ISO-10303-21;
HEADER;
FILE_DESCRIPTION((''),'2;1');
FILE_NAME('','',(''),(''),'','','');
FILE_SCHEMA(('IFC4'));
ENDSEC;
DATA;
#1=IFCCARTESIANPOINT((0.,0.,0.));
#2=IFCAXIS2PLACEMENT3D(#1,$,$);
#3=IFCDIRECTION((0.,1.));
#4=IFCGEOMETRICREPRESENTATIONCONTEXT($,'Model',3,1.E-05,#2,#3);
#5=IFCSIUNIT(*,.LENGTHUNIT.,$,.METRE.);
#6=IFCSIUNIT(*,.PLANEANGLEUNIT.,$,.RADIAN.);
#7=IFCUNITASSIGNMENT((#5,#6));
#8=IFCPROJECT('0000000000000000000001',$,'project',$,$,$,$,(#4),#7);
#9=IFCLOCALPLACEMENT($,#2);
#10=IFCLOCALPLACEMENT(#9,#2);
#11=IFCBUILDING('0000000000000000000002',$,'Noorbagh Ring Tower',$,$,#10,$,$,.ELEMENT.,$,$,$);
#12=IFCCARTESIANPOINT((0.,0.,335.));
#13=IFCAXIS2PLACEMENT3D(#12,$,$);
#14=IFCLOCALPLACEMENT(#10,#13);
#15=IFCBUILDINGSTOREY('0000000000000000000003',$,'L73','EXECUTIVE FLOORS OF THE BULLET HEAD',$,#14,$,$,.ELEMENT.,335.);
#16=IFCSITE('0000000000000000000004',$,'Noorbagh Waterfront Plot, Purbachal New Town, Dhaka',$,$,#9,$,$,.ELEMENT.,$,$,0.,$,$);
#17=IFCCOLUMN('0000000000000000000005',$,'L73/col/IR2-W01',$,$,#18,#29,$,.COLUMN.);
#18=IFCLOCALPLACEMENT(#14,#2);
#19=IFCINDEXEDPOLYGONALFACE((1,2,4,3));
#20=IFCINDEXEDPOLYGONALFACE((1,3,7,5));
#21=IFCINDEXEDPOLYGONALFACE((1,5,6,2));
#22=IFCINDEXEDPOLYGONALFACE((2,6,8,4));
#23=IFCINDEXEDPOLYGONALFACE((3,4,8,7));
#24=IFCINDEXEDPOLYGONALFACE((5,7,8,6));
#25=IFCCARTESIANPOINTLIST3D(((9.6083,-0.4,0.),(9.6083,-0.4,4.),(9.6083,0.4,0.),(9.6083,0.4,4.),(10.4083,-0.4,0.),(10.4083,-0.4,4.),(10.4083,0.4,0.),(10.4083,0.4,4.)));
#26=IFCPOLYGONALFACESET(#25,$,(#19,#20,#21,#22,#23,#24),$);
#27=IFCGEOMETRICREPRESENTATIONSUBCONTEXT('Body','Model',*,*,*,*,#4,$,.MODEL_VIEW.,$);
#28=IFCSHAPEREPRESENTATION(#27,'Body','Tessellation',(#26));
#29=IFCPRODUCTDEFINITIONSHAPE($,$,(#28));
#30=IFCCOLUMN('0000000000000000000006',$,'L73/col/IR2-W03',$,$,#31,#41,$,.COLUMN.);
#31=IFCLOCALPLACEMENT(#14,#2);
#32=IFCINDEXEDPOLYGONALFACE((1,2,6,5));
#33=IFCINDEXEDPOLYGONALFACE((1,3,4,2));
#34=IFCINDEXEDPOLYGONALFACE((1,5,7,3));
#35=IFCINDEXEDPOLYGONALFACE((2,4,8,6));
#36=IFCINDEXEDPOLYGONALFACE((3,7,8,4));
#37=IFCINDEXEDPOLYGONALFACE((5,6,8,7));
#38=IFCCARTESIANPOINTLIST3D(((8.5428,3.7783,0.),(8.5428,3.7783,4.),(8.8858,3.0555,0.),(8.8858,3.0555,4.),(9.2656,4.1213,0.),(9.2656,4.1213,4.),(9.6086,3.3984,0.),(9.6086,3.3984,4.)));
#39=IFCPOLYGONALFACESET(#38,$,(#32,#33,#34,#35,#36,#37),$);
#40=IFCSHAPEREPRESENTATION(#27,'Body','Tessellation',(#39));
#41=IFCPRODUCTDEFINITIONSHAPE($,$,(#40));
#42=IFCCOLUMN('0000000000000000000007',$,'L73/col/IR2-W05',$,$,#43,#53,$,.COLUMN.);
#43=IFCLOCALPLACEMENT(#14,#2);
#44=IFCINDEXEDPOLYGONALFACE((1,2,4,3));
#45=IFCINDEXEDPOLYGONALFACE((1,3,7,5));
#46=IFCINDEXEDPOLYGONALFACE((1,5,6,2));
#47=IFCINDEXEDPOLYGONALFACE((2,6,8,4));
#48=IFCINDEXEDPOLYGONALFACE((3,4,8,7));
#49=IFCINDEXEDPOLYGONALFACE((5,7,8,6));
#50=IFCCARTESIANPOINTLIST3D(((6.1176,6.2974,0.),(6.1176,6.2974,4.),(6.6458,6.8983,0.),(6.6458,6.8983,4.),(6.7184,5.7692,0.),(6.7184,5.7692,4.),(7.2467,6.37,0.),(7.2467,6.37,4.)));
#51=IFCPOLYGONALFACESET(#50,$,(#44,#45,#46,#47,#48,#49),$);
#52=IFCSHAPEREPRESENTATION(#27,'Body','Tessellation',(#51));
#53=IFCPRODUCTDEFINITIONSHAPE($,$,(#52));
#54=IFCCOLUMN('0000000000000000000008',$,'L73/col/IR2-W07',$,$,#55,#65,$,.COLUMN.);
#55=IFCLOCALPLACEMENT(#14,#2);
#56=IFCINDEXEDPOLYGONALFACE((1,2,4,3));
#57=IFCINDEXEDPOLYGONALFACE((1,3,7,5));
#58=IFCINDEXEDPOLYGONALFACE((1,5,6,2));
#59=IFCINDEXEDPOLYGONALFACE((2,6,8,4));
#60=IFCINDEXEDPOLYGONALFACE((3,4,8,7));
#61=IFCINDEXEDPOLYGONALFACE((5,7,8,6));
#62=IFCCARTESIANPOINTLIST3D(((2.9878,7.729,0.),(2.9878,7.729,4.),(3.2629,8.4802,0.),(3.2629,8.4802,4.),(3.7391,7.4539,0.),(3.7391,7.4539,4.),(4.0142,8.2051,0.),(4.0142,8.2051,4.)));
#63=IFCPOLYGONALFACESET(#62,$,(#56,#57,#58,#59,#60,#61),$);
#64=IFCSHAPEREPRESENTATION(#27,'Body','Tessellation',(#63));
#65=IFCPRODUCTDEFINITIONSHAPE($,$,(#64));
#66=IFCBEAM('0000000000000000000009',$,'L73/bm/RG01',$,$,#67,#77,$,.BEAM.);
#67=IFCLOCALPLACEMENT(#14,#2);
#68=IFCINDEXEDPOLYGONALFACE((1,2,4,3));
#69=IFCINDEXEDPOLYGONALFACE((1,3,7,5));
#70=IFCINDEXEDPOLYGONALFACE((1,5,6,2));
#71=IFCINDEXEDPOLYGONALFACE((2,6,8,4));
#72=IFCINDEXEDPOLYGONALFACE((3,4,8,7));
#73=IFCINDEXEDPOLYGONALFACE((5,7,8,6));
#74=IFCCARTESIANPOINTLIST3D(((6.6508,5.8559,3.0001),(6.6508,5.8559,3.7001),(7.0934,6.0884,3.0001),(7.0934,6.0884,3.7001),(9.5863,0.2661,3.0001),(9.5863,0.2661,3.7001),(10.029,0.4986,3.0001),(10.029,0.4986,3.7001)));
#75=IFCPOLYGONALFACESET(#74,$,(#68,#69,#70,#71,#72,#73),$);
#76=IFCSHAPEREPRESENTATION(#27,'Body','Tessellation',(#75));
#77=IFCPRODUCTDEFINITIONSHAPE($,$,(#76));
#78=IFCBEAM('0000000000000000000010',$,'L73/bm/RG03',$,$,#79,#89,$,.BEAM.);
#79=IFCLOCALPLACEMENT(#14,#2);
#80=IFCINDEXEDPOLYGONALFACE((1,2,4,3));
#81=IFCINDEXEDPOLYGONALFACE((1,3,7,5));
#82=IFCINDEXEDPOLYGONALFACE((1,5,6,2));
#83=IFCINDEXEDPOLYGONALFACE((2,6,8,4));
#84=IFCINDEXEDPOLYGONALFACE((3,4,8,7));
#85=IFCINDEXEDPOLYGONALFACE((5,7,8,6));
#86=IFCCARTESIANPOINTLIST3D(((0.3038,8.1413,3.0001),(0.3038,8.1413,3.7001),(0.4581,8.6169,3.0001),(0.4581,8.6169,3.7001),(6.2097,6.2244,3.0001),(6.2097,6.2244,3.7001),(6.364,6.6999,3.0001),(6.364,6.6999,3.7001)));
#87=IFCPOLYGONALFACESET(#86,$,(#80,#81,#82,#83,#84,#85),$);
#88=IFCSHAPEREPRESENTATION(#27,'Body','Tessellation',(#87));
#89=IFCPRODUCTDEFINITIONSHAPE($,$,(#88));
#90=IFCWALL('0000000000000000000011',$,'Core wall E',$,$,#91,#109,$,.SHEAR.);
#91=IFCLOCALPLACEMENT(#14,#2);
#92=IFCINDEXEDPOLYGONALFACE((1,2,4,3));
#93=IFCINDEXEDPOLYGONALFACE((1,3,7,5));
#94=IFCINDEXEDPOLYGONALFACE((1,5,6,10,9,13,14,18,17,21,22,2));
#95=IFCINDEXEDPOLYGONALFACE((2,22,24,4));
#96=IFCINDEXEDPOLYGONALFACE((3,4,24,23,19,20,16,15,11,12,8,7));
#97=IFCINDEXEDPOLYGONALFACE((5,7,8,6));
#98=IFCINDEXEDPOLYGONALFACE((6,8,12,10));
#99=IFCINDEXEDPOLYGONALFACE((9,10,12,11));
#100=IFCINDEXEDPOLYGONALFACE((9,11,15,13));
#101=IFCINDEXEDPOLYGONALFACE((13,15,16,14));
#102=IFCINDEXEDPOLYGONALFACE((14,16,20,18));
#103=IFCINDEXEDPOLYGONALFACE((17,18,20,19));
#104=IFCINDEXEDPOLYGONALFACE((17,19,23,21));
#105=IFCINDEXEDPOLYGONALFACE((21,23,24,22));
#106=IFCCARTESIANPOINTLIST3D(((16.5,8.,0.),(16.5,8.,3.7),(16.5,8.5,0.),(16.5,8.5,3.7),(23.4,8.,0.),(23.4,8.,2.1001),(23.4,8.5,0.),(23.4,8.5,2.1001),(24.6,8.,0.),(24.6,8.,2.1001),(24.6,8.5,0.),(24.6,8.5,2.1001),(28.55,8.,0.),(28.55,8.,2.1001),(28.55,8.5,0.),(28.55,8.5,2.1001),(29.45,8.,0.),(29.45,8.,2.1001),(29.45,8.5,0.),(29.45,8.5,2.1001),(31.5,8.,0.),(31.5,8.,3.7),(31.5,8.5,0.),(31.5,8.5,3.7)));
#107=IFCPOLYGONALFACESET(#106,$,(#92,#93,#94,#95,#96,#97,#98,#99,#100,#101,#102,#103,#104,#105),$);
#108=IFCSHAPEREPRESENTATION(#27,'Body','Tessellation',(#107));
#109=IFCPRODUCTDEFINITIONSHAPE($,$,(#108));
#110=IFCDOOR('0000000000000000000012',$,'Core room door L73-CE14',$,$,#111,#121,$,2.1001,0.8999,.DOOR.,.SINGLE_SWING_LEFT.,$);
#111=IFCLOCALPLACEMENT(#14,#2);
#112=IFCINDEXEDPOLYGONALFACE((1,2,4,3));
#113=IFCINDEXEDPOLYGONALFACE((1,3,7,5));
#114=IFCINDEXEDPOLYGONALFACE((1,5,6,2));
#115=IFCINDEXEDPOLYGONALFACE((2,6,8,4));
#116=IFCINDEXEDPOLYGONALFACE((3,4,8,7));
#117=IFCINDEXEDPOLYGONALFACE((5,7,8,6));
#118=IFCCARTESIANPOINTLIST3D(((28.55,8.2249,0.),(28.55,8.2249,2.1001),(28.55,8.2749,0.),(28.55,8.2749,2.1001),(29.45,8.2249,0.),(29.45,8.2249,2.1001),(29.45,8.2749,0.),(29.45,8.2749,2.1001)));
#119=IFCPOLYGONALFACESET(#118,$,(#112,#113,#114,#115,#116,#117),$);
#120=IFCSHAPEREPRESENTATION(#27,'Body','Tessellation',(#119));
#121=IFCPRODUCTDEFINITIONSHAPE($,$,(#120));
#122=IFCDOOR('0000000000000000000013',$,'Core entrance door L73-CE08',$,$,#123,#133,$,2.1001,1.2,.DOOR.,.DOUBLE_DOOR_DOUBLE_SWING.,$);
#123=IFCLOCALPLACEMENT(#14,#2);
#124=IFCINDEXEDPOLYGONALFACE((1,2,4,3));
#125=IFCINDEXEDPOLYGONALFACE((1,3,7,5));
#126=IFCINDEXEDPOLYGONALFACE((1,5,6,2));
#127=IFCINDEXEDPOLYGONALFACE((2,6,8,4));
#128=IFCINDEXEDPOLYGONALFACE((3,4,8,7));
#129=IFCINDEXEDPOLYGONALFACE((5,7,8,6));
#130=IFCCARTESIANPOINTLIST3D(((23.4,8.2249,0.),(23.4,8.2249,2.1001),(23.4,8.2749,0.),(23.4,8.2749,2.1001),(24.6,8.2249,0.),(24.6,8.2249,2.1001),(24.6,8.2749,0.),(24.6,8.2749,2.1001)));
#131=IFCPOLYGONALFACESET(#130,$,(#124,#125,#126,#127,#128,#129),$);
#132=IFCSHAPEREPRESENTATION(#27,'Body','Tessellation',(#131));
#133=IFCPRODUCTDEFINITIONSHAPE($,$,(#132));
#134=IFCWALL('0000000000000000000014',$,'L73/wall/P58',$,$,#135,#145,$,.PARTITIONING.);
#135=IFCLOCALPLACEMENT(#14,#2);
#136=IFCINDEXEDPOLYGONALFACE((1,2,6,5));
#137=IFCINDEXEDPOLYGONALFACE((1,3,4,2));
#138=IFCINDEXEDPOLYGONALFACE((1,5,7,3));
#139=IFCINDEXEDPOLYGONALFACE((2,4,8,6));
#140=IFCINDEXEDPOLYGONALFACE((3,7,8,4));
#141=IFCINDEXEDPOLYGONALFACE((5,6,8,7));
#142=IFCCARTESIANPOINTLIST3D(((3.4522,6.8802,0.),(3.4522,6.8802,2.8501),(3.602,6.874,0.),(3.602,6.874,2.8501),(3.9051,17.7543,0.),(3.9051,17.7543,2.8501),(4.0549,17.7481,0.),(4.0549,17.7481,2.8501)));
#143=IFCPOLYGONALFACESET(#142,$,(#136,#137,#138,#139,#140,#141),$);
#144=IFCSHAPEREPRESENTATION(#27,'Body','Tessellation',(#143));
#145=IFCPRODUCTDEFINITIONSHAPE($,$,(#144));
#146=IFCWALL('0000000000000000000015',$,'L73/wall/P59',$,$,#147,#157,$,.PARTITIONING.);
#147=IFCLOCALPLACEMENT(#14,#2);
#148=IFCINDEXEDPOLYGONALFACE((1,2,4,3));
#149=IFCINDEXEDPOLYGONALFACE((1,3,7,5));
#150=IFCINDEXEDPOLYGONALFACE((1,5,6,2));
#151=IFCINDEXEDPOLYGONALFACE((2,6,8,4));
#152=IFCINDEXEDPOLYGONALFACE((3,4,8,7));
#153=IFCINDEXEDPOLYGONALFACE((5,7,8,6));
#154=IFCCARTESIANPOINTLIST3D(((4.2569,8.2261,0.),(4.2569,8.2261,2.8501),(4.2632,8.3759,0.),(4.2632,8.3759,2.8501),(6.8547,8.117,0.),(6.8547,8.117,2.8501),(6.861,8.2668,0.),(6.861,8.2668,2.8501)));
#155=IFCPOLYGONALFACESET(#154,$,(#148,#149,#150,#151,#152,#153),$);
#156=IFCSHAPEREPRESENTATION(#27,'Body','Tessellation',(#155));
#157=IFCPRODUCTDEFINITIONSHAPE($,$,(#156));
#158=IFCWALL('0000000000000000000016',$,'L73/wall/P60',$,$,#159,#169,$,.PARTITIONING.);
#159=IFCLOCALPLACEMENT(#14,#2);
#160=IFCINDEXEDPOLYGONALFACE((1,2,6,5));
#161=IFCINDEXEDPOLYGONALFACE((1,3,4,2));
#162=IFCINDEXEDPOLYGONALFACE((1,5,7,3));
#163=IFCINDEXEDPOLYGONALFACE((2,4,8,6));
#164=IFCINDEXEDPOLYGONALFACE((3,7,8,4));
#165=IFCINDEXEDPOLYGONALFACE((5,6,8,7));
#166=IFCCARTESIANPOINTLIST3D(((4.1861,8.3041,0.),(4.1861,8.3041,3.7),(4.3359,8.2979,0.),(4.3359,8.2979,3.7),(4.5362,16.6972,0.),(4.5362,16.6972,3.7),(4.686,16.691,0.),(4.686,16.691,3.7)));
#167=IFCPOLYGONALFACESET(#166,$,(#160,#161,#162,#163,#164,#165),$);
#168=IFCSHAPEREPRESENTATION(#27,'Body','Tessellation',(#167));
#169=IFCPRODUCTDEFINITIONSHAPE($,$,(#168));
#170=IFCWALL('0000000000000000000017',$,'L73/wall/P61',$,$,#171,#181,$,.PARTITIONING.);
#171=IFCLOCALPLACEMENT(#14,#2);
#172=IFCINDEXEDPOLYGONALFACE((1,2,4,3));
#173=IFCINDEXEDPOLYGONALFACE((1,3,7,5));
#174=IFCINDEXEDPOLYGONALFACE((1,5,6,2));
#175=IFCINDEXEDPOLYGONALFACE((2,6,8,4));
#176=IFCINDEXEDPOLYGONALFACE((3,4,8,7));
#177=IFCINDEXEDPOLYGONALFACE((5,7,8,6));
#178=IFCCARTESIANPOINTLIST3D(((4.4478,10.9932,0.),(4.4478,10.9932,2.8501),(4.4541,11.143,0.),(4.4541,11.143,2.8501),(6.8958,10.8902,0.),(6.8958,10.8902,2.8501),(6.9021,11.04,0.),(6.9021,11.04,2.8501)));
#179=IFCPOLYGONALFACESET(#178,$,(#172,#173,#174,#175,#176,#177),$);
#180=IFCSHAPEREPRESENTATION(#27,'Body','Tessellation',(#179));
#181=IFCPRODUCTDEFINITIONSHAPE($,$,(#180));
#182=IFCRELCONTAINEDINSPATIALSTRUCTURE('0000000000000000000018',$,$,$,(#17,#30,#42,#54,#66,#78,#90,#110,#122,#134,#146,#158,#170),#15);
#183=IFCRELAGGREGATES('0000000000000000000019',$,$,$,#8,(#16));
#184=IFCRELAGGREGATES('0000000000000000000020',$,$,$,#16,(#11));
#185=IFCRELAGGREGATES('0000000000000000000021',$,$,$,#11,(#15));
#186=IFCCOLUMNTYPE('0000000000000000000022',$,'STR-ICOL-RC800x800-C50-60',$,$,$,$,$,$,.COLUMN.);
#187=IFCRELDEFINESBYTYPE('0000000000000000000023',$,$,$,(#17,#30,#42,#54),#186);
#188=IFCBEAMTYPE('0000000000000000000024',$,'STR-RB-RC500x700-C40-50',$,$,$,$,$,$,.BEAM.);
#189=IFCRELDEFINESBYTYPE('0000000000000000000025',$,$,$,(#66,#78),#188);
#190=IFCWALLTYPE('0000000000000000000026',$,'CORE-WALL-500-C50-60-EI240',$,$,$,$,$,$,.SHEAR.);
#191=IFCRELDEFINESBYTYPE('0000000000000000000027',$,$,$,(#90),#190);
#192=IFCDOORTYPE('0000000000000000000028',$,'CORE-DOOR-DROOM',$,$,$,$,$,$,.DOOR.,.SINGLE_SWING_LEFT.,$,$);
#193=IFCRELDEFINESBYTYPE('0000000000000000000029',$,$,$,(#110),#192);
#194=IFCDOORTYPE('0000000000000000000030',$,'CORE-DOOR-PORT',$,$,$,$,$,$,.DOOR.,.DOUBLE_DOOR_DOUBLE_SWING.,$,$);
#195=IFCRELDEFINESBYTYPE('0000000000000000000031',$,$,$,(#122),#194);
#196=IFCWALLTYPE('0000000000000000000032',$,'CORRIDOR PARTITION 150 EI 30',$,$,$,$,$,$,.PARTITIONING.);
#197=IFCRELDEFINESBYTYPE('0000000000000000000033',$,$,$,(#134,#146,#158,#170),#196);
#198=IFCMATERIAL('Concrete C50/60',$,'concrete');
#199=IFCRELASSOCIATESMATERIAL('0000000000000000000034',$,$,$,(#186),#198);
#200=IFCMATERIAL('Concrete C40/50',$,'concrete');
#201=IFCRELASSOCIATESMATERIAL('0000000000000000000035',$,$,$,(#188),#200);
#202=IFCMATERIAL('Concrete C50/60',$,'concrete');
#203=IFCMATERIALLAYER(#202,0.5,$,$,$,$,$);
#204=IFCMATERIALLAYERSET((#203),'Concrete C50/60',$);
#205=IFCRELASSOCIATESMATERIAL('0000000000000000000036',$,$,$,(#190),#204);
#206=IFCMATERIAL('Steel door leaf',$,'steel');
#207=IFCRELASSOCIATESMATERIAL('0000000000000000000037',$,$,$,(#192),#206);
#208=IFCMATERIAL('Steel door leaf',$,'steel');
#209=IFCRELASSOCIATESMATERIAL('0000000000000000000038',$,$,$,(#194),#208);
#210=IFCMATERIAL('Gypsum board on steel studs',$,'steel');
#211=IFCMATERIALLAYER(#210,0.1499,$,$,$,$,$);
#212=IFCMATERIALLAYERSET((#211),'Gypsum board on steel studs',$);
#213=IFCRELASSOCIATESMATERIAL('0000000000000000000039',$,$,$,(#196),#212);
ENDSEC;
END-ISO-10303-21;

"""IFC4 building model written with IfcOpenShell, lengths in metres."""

from ifc_helpers import new_model, si_unit, direction, frame, frame_2d, origin, origin_2d, place, context, subcontext, project, spatial, rectangle, extrude, material, layer, layer_set, material_profile, profile_set, type_object, element, fill, save


model = new_model("IFC4")

# Units and contexts
model_context = context("Model", 3, precision=1e-05, world=origin(), true_north=direction((0.0, 1.0)))
body_context = subcontext(model_context, "Body", "Model", "MODEL_VIEW")
ifc_project = project(units=[si_unit("LENGTHUNIT", "METRE"), si_unit("PLANEANGLEUNIT", "RADIAN")], contexts=[model_context])

# Site, building, storey
site_placement = place(None, origin())
site = spatial("IfcSite", under=ifc_project, at=site_placement, Name="Noorbagh Waterfront Plot, Purbachal New Town, Dhaka", CompositionType="ELEMENT", RefElevation=0.0)
building_placement = place(site_placement, origin())
building = spatial("IfcBuilding", under=site, at=building_placement, Name="Noorbagh Ring Tower", CompositionType="ELEMENT")
storey_placement = place(building_placement, frame((0.0, 0.0, 335.0)))
storey = spatial("IfcBuildingStorey", under=building, at=storey_placement, Name="L73", Description="EXECUTIVE FLOORS OF THE BULLET HEAD", CompositionType="ELEMENT", Elevation=335.0)

# Columns
ifc_material_1 = material(Name="Concrete C50/60", Category="concrete")
ifc_material_profile_1 = material_profile(ifc_material_1, rectangle(XDim=0.8, YDim=0.8, at=origin_2d()), Name="RC800x800")
ifc_profile_set_1 = profile_set([ifc_material_profile_1], Name="Concrete C50/60")
column_type = type_object("IfcColumnType", Name="STR-ICOL-RC800x800-C50-60", PredefinedType="COLUMN", material=ifc_profile_set_1)
for number, where, z_axis, x_axis, name in (
    (1, (10.0083, 0.0, 0.0), (0.0, 0.0, 1.0), (0.0, 1.0, 0.0), "L73/col/IR2-W01"),
    (2, (9.0757, 3.5884, 0.0), (0.0, 0.0, 1.0), (-0.428667, 0.903463, 0.0), "L73/col/IR2-W03"),
    (3, (6.6821, 6.3337, 0.0), (0.0, 0.0, 1.0), (-0.751022, 0.660277, 0.0), "L73/col/IR2-W05"),
    (4, (3.501, 7.967, 0.0), (0.0, 0.0, 1.0), (-0.93902, 0.343864, 0.0), "L73/col/IR2-W07"),
):
    element("IfcColumn", number, at=place(storey_placement, frame(where, z_axis=z_axis, x_axis=x_axis)), inside=storey, type_object=column_type, Name=name, PredefinedType="COLUMN", context=body_context, shape_type="SweptSolid", body=[
        extrude(rectangle(XDim=0.8, YDim=0.8, at=origin_2d()), origin(), (0.0, 0.0, 1.0), 4.0),
    ])

# Beams
ifc_material_2 = material(Name="Concrete C40/50", Category="concrete")
ifc_material_profile_2 = material_profile(ifc_material_2, rectangle(XDim=0.5, YDim=0.7, at=origin_2d()), Name="RC500x700")
ifc_profile_set_2 = profile_set([ifc_material_profile_2], Name="Concrete C40/50")
beam_type = type_object("IfcBeamType", Name="STR-RB-RC500x700-C40-50", PredefinedType="BEAM", material=ifc_profile_set_2)
beam_1_placement = place(storey_placement, frame((9.8076, 0.3823, 3.3501), z_axis=(-0.464943, 0.885341, 0.0), x_axis=(-0.885341, -0.464943, 0.0)))
element("IfcBeam", 5, at=beam_1_placement, inside=storey, type_object=beam_type, Name="L73/bm/RG01", PredefinedType="BEAM", context=body_context, shape_type="SweptSolid", body=[
    extrude(rectangle(XDim=0.5, YDim=0.7, at=origin_2d()), origin(), (0.0, 0.0, 1.0), 6.3137),
])
beam_2_placement = place(storey_placement, frame((6.2869, 6.4622, 3.3501), z_axis=(-0.95115, 0.308728, 0.0), x_axis=(-0.308728, -0.95115, 0.0)))
element("IfcBeam", 6, at=beam_2_placement, inside=storey, type_object=beam_type, Name="L73/bm/RG03", PredefinedType="BEAM", context=body_context, shape_type="SweptSolid", body=[
    extrude(rectangle(XDim=0.5, YDim=0.7, at=origin_2d()), origin(), (0.0, 0.0, 1.0), 6.2092),
])

# Wall, openings, doors
ifc_material_3 = material(Name="Concrete C50/60", Category="concrete")
ifc_layer_1 = layer(ifc_material_3, 0.5)
ifc_layer_set_1 = layer_set([ifc_layer_1], Name="Concrete C50/60")
wall_type_1 = type_object("IfcWallType", Name="CORE-WALL-500-C50-60-EI240", PredefinedType="SHEAR", material=ifc_layer_set_1)
wall_1_placement = place(storey_placement, frame((16.5, 8.25, 0.0), z_axis=(0.0, 0.0, 1.0), x_axis=(1.0, 0.0, 0.0)))
wall_1 = element("IfcWall", 7, at=wall_1_placement, inside=storey, type_object=wall_type_1, Name="Core wall E", PredefinedType="SHEAR", context=body_context, shape_type="SweptSolid", body=[
    extrude(rectangle(XDim=15.0, YDim=0.5, at=frame_2d((7.5, 0.0))), origin(), (0.0, 0.0, 1.0), 3.7),
])
opening_1_placement = place(wall_1_placement, frame((6.8999, 0.0, 0.0)))
opening_1 = element("IfcOpeningElement", 8, at=opening_1_placement, cuts=wall_1, PredefinedType="OPENING", context=body_context, shape_type="SweptSolid", body=[
    extrude(rectangle(XDim=1.2, YDim=2.1001, at=frame_2d((0.6001, 1.05))), frame((0.0, 0.26, 0.0), z_axis=(0.0, -1.0, 0.0), x_axis=(1.0, 0.0, 0.0)), (0.0, 0.0, 1.0), 0.52),
])
opening_2_placement = place(wall_1_placement, frame((12.05, 0.0, 0.0)))
opening_2 = element("IfcOpeningElement", 9, at=opening_2_placement, cuts=wall_1, PredefinedType="OPENING", context=body_context, shape_type="SweptSolid", body=[
    extrude(rectangle(XDim=0.8999, YDim=2.1001, at=frame_2d((0.45, 1.05))), frame((0.0, 0.26, 0.0), z_axis=(0.0, -1.0, 0.0), x_axis=(1.0, 0.0, 0.0)), (0.0, 0.0, 1.0), 0.52),
])
ifc_material_4 = material(Name="Steel door leaf", Category="steel")
door_type_1 = type_object("IfcDoorType", Name="CORE-DOOR-DROOM", OperationType="SINGLE_SWING_LEFT", PredefinedType="DOOR", material=ifc_material_4)
door_1_placement = place(opening_2_placement, origin())
door_1 = element("IfcDoor", 10, at=door_1_placement, inside=storey, type_object=door_type_1, Name="Core room door L73-CE14", OperationType="SINGLE_SWING_LEFT", OverallHeight=2.1001, OverallWidth=0.8999, PredefinedType="DOOR", context=body_context, shape_type="SweptSolid", body=[
    extrude(rectangle(XDim=0.8999, YDim=2.1001, at=frame_2d((0.45, 1.05))), frame((0.0, 0.0249, 0.0), z_axis=(0.0, -1.0, 0.0), x_axis=(1.0, 0.0, 0.0)), (0.0, 0.0, 1.0), 0.05),
])
fill(opening_2, door_1)
ifc_material_5 = material(Name="Steel door leaf", Category="steel")
door_type_2 = type_object("IfcDoorType", Name="CORE-DOOR-PORT", OperationType="DOUBLE_DOOR_DOUBLE_SWING", PredefinedType="DOOR", material=ifc_material_5)
door_2_placement = place(opening_1_placement, origin())
door_2 = element("IfcDoor", 11, at=door_2_placement, inside=storey, type_object=door_type_2, Name="Core entrance door L73-CE08", OperationType="DOUBLE_DOOR_DOUBLE_SWING", OverallHeight=2.1001, OverallWidth=1.2, PredefinedType="DOOR", context=body_context, shape_type="SweptSolid", body=[
    extrude(rectangle(XDim=1.2, YDim=2.1001, at=frame_2d((0.6001, 1.05))), frame((0.0, 0.0249, 0.0), z_axis=(0.0, -1.0, 0.0), x_axis=(1.0, 0.0, 0.0)), (0.0, 0.0, 1.0), 0.05),
])
fill(opening_1, door_2)

# Walls
ifc_material_6 = material(Name="Gypsum board on steel studs", Category="steel")
ifc_layer_2 = layer(ifc_material_6, 0.1499)
ifc_layer_set_2 = layer_set([ifc_layer_2], Name="Gypsum board on steel studs")
wall_type_2 = type_object("IfcWallType", Name="CORRIDOR PARTITION 150 EI 30", PredefinedType="PARTITIONING", material=ifc_layer_set_2)
wall_2_placement = place(storey_placement, frame((3.5271, 6.877, 0.0), z_axis=(0.0, 0.0, 1.0), x_axis=(0.041612, 0.999134, 0.0)))
element("IfcWall", 12, at=wall_2_placement, inside=storey, type_object=wall_type_2, Name="L73/wall/P58", PredefinedType="PARTITIONING", context=body_context, shape_type="SweptSolid", body=[
    extrude(rectangle(XDim=10.8835, YDim=0.1499, at=frame_2d((5.4419, 0.0))), origin(), (0.0, 0.0, 1.0), 2.8501),
])
wall_3_placement = place(storey_placement, frame((4.26, 8.301, 0.0), z_axis=(0.0, 0.0, 1.0), x_axis=(0.999119, -0.04197, 0.0)))
element("IfcWall", 13, at=wall_3_placement, inside=storey, type_object=wall_type_2, Name="L73/wall/P59", PredefinedType="PARTITIONING", context=body_context, shape_type="SweptSolid", body=[
    extrude(rectangle(XDim=2.6001, YDim=0.1499, at=frame_2d((1.3, 0.0))), origin(), (0.0, 0.0, 1.0), 2.8501),
])
wall_4_placement = place(storey_placement, frame((4.261, 8.301, 0.0), z_axis=(0.0, 0.0, 1.0), x_axis=(0.041676, 0.999131, 0.0)))
element("IfcWall", 14, at=wall_4_placement, inside=storey, type_object=wall_type_2, Name="L73/wall/P60", PredefinedType="PARTITIONING", context=body_context, shape_type="SweptSolid", body=[
    extrude(rectangle(XDim=8.4004, YDim=0.1499, at=frame_2d((4.2002, 0.0))), origin(), (0.0, 0.0, 1.0), 3.7),
])
wall_5_placement = place(storey_placement, frame((4.4509, 11.0681, 0.0), z_axis=(0.0, 0.0, 1.0), x_axis=(0.999116, -0.042049, 0.0)))
element("IfcWall", 15, at=wall_5_placement, inside=storey, type_object=wall_type_2, Name="L73/wall/P61", PredefinedType="PARTITIONING", context=body_context, shape_type="SweptSolid", body=[
    extrude(rectangle(XDim=2.4502, YDim=0.1499, at=frame_2d((1.2251, 0.0))), origin(), (0.0, 0.0, 1.0), 2.8501),
])

save(model, "model.ifc")
